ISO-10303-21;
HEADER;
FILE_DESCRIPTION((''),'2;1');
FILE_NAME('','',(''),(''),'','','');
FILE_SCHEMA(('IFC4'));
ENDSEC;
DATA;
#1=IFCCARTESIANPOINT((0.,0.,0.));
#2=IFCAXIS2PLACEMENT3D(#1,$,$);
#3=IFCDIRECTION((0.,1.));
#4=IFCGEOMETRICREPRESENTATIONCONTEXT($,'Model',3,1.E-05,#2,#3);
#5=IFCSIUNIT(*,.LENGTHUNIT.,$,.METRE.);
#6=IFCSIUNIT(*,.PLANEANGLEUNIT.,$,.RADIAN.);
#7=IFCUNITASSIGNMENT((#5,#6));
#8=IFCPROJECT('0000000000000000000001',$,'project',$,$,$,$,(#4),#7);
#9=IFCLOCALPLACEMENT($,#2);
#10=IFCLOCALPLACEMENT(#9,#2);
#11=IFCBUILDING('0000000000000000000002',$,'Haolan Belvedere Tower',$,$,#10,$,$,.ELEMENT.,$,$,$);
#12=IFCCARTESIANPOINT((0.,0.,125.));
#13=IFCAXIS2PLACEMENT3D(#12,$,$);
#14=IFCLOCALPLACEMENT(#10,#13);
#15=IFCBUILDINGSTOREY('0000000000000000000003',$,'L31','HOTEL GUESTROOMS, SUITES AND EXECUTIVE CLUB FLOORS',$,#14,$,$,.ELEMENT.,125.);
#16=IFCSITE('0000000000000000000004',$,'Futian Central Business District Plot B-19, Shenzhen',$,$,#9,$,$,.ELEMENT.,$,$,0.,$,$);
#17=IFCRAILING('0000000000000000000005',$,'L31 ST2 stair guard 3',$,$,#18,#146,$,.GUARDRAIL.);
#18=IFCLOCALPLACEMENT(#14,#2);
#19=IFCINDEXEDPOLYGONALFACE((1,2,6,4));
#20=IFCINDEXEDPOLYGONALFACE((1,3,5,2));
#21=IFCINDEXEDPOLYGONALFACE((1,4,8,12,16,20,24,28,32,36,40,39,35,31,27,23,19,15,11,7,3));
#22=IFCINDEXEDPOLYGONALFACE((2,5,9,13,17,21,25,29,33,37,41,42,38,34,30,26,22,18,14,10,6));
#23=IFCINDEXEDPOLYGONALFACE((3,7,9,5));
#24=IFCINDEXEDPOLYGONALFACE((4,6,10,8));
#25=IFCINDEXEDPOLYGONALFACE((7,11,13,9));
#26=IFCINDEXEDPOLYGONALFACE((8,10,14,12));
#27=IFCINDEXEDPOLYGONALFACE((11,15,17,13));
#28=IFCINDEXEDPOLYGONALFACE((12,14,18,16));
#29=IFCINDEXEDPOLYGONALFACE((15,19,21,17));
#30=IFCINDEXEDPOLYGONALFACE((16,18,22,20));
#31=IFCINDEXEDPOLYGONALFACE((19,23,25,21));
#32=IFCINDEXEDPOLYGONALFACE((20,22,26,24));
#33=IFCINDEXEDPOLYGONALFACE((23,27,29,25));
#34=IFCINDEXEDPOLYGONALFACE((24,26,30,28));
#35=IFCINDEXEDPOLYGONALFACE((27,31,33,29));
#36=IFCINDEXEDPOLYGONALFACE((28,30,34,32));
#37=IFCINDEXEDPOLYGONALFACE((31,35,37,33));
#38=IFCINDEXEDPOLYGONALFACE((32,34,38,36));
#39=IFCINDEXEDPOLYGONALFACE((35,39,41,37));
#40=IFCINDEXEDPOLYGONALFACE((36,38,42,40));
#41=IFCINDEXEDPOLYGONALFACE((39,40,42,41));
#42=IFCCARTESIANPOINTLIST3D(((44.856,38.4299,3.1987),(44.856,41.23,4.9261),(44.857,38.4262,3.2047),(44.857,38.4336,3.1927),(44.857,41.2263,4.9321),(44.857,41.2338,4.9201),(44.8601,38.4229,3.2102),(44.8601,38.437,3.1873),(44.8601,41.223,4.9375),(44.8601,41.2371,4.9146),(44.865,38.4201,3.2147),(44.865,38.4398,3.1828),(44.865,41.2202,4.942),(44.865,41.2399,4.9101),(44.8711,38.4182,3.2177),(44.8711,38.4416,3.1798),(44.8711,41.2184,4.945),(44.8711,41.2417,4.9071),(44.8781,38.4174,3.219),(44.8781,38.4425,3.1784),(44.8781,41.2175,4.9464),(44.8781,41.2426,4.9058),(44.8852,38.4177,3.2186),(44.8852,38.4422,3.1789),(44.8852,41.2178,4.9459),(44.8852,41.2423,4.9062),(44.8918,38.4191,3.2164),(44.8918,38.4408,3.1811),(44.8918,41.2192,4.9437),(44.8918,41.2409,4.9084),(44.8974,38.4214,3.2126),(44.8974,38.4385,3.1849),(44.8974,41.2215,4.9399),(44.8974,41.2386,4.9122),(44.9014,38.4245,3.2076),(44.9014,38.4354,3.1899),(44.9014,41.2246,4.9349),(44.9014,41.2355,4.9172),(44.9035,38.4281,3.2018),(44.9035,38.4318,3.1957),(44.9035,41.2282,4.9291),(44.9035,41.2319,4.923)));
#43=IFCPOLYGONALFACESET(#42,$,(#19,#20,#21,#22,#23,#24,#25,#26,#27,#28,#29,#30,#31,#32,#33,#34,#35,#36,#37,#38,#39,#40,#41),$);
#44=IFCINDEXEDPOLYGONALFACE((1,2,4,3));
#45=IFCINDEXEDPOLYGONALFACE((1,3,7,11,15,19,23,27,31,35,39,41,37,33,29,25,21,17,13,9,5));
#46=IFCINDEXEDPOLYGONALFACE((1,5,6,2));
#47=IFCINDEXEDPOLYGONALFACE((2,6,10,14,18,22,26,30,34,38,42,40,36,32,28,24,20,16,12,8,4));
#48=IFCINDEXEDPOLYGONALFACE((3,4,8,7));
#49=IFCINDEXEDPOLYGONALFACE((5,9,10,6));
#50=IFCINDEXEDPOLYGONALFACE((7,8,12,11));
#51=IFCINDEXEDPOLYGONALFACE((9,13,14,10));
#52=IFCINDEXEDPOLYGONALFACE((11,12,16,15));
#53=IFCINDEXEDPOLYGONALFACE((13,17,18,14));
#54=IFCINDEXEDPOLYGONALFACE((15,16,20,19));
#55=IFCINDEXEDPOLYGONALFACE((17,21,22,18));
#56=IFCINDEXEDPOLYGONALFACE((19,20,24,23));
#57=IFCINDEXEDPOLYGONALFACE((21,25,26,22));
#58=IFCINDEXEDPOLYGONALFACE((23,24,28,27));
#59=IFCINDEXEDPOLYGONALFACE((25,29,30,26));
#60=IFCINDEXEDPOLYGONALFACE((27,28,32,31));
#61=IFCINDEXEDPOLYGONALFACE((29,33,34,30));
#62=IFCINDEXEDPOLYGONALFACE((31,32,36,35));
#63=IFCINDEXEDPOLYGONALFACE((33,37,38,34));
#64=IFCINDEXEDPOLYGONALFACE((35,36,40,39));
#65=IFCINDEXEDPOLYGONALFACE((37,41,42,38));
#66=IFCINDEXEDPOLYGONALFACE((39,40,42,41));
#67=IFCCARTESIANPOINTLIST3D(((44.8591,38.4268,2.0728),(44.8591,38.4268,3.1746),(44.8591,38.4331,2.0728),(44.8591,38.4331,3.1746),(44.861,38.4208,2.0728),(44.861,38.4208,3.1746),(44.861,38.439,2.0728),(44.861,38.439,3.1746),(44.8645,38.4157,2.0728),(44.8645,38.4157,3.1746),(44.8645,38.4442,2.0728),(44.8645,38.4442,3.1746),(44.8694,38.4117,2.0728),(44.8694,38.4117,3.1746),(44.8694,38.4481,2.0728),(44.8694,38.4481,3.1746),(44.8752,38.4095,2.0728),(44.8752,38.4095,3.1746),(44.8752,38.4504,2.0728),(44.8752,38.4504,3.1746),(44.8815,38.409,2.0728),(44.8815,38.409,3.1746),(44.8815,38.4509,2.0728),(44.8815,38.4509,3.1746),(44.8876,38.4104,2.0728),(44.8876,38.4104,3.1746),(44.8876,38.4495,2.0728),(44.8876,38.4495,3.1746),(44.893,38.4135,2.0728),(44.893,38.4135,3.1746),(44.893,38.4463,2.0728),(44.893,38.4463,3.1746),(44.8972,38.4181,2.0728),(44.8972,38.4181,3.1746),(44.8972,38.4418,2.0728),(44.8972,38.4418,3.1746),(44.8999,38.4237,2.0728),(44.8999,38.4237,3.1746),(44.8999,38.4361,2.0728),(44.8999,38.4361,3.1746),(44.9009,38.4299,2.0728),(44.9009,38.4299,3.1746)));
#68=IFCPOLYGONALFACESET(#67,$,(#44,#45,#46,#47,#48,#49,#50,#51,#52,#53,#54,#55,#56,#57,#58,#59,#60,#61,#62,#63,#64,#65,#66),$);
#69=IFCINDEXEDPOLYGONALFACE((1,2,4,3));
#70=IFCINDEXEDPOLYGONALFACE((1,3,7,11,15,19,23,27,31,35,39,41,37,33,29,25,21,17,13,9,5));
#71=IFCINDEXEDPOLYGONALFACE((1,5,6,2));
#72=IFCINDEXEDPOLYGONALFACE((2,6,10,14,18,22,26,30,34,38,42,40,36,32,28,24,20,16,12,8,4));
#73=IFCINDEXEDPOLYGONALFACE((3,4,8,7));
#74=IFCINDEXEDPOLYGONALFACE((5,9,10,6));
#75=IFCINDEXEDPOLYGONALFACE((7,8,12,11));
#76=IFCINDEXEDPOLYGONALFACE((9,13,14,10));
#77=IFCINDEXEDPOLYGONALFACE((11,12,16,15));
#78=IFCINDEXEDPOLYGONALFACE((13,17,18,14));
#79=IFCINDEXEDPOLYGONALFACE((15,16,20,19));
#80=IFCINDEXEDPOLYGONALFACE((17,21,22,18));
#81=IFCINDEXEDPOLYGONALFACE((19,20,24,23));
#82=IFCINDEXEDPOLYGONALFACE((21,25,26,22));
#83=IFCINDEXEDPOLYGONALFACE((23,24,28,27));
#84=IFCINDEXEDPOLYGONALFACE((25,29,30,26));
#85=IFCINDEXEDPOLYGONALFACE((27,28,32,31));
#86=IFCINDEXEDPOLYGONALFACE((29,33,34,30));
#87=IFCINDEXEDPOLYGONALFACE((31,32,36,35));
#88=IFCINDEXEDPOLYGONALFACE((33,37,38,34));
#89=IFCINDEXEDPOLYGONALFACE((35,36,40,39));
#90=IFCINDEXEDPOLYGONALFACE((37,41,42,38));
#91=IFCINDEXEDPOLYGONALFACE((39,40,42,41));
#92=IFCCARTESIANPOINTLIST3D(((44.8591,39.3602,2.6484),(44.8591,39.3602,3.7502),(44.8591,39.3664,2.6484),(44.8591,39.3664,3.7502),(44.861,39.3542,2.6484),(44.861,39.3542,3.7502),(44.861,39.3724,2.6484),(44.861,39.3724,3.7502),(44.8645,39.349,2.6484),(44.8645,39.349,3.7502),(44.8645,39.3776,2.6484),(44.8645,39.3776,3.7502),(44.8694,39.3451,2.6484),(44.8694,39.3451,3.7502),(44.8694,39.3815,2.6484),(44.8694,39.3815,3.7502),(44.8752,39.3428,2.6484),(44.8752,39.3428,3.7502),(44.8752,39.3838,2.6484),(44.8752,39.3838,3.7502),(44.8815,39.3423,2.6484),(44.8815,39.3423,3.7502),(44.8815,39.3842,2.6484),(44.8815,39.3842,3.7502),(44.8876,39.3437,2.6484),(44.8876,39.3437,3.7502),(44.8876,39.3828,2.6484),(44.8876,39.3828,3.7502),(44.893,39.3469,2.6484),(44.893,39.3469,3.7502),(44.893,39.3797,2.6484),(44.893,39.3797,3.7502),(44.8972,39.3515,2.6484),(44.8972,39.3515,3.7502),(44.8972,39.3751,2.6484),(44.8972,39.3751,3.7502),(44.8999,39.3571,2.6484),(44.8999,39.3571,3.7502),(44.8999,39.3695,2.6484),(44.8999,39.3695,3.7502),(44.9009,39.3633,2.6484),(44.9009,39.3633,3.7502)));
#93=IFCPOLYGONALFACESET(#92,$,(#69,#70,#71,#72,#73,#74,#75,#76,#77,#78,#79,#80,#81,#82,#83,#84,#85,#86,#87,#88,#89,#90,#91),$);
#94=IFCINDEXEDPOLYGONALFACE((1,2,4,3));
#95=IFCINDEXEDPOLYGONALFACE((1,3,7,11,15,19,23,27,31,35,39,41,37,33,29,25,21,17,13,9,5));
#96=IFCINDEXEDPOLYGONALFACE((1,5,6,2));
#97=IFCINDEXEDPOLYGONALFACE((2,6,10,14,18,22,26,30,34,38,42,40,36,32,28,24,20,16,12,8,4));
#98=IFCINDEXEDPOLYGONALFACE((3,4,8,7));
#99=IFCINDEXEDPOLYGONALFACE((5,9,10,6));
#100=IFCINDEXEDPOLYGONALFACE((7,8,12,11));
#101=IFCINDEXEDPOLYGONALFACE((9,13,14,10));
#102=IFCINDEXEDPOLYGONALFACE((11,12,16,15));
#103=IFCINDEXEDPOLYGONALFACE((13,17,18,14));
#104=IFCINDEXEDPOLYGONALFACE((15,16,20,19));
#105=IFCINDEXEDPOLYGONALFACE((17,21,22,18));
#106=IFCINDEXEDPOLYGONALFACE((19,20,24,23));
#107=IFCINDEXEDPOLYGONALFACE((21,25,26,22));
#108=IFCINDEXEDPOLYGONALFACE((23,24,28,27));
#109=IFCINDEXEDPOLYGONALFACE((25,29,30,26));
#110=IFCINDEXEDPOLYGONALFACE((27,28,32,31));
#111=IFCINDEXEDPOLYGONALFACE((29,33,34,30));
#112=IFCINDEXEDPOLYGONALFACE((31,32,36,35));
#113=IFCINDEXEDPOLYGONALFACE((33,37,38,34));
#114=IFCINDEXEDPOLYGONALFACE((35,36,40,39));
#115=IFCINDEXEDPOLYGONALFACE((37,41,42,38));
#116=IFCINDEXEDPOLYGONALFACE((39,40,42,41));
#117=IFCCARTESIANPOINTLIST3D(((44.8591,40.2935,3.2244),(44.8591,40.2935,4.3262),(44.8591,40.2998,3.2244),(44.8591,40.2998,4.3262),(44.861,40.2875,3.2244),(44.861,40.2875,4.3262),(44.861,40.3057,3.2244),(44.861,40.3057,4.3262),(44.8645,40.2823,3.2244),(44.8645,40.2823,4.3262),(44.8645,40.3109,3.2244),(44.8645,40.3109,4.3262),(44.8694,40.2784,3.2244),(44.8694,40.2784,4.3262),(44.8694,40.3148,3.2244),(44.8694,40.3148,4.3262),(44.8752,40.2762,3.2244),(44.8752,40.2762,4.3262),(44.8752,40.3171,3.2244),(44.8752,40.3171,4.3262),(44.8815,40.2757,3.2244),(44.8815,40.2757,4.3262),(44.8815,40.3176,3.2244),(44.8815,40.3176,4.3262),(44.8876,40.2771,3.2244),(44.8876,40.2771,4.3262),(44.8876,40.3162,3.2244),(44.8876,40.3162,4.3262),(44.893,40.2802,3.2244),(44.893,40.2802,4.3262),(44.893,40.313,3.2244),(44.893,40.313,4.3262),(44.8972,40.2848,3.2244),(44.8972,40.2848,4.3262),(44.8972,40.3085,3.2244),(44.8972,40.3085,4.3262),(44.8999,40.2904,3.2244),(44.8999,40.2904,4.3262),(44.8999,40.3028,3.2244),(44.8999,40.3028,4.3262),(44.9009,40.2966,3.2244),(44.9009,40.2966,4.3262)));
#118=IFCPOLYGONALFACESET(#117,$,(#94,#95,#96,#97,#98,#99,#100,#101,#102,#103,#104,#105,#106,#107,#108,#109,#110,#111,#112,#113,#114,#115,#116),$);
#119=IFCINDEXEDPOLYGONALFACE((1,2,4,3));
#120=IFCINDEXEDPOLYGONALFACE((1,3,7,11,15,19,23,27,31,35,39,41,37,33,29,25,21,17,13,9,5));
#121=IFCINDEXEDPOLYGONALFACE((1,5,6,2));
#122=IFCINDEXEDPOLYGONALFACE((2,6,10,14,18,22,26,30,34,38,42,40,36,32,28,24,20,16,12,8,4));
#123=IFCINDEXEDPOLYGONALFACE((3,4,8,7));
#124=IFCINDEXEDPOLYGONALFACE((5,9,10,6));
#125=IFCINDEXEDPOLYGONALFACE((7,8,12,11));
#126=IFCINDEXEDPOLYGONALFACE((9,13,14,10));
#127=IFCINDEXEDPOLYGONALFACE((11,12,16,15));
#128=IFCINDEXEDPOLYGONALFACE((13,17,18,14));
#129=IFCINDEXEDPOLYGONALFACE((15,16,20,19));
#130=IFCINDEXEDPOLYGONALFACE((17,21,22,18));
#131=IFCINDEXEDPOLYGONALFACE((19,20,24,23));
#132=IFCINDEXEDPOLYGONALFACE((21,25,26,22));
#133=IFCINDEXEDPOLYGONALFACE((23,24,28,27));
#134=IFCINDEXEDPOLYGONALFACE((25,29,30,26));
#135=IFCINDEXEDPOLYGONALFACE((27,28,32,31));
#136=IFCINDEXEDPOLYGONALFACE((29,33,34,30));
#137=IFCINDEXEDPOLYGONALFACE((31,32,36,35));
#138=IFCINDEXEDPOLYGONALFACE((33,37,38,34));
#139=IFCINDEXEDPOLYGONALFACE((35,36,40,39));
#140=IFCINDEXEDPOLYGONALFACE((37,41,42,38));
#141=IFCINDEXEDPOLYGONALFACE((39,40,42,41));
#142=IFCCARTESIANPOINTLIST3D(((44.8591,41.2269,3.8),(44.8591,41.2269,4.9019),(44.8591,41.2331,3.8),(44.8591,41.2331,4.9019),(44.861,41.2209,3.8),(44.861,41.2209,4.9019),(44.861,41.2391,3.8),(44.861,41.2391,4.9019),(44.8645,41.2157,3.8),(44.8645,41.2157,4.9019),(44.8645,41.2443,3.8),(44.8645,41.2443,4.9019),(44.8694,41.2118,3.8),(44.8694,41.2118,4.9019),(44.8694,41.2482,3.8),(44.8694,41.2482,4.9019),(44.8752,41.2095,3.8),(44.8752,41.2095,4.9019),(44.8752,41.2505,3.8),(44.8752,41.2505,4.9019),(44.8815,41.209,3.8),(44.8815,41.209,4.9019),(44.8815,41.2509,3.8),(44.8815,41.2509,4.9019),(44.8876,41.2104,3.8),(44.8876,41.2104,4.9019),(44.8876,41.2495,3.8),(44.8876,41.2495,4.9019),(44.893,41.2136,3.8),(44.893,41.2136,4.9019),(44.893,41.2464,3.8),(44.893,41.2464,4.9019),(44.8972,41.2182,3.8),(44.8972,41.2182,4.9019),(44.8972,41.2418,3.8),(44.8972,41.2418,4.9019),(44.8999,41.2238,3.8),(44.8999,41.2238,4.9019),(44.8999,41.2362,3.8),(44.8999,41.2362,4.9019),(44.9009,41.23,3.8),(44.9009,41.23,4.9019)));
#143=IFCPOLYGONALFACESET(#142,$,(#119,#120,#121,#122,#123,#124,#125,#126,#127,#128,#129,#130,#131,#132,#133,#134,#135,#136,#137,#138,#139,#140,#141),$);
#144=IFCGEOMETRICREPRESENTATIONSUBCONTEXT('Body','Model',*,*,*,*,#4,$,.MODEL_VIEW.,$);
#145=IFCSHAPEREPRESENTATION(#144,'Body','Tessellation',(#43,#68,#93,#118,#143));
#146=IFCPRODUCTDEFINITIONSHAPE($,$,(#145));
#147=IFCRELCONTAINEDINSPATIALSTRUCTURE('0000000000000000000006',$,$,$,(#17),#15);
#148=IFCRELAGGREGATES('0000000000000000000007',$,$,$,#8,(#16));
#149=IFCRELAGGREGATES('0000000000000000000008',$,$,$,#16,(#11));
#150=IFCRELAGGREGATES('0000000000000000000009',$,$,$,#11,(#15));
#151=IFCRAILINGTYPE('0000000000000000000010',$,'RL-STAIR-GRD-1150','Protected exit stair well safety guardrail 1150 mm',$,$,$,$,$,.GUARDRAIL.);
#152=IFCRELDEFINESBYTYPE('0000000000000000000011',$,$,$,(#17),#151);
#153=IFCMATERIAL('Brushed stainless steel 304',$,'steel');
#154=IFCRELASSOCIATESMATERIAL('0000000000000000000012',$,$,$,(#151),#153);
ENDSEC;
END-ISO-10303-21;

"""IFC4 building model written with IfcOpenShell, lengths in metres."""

from ifc_helpers import new_model, si_unit, direction, frame, origin, origin_2d, place, context, subcontext, project, spatial, circle, extrude, material, type_object, element, save


model = new_model("IFC4")

# Units and contexts
model_context = context("Model", 3, precision=1e-05, world=origin(), true_north=direction((0.0, 1.0)))
body_context = subcontext(model_context, "Body", "Model", "MODEL_VIEW")
ifc_project = project(units=[si_unit("LENGTHUNIT", "METRE"), si_unit("PLANEANGLEUNIT", "RADIAN")], contexts=[model_context])

# Site, building, storey
site_placement = place(None, origin())
site = spatial("IfcSite", under=ifc_project, at=site_placement, Name="Futian Central Business District Plot B-19, Shenzhen", CompositionType="ELEMENT", RefElevation=0.0)
building_placement = place(site_placement, origin())
building = spatial("IfcBuilding", under=site, at=building_placement, Name="Haolan Belvedere Tower", CompositionType="ELEMENT")
storey_placement = place(building_placement, frame((0.0, 0.0, 125.0)))
storey = spatial("IfcBuildingStorey", under=building, at=storey_placement, Name="L31", Description="HOTEL GUESTROOMS, SUITES AND EXECUTIVE CLUB FLOORS", CompositionType="ELEMENT", Elevation=125.0)

# Railing
ifc_material_1 = material(Name="Brushed stainless steel 304", Category="steel")
railing_type_1 = type_object("IfcRailingType", Name="RL-STAIR-GRD-1150", Description="Protected exit stair well safety guardrail 1150 mm", PredefinedType="GUARDRAIL", material=ifc_material_1)
railing_1_placement = place(storey_placement, frame((44.8799, 38.4299, 2.0728)))
element("IfcRailing", 1, at=railing_1_placement, inside=storey, type_object=railing_type_1, Name="L31 ST2 stair guard 3", PredefinedType="GUARDRAIL", context=body_context, shape_type="SweptSolid", body=[
    extrude(circle(Radius=0.0239, at=origin_2d()), frame((0.0, 0.0, 1.126), z_axis=(0.0, 0.85109, 0.52502), x_axis=(-1.0, 0.0, 0.0)), (0.0, 0.0, 1.0), 3.29),
    extrude(circle(Radius=0.021, at=origin_2d()), origin(), (0.0, 0.0, 1.0), 1.1018),
    extrude(circle(Radius=0.021, at=origin_2d()), frame((0.0, 0.9333, 0.5757)), (0.0, 0.0, 1.0), 1.1018),
    extrude(circle(Radius=0.021, at=origin_2d()), frame((0.0, 1.8667, 1.1516)), (0.0, 0.0, 1.0), 1.1018),
    extrude(circle(Radius=0.021, at=origin_2d()), frame((0.0, 2.8, 1.7273)), (0.0, 0.0, 1.0), 1.1018),
])

save(model, "model.ifc")
